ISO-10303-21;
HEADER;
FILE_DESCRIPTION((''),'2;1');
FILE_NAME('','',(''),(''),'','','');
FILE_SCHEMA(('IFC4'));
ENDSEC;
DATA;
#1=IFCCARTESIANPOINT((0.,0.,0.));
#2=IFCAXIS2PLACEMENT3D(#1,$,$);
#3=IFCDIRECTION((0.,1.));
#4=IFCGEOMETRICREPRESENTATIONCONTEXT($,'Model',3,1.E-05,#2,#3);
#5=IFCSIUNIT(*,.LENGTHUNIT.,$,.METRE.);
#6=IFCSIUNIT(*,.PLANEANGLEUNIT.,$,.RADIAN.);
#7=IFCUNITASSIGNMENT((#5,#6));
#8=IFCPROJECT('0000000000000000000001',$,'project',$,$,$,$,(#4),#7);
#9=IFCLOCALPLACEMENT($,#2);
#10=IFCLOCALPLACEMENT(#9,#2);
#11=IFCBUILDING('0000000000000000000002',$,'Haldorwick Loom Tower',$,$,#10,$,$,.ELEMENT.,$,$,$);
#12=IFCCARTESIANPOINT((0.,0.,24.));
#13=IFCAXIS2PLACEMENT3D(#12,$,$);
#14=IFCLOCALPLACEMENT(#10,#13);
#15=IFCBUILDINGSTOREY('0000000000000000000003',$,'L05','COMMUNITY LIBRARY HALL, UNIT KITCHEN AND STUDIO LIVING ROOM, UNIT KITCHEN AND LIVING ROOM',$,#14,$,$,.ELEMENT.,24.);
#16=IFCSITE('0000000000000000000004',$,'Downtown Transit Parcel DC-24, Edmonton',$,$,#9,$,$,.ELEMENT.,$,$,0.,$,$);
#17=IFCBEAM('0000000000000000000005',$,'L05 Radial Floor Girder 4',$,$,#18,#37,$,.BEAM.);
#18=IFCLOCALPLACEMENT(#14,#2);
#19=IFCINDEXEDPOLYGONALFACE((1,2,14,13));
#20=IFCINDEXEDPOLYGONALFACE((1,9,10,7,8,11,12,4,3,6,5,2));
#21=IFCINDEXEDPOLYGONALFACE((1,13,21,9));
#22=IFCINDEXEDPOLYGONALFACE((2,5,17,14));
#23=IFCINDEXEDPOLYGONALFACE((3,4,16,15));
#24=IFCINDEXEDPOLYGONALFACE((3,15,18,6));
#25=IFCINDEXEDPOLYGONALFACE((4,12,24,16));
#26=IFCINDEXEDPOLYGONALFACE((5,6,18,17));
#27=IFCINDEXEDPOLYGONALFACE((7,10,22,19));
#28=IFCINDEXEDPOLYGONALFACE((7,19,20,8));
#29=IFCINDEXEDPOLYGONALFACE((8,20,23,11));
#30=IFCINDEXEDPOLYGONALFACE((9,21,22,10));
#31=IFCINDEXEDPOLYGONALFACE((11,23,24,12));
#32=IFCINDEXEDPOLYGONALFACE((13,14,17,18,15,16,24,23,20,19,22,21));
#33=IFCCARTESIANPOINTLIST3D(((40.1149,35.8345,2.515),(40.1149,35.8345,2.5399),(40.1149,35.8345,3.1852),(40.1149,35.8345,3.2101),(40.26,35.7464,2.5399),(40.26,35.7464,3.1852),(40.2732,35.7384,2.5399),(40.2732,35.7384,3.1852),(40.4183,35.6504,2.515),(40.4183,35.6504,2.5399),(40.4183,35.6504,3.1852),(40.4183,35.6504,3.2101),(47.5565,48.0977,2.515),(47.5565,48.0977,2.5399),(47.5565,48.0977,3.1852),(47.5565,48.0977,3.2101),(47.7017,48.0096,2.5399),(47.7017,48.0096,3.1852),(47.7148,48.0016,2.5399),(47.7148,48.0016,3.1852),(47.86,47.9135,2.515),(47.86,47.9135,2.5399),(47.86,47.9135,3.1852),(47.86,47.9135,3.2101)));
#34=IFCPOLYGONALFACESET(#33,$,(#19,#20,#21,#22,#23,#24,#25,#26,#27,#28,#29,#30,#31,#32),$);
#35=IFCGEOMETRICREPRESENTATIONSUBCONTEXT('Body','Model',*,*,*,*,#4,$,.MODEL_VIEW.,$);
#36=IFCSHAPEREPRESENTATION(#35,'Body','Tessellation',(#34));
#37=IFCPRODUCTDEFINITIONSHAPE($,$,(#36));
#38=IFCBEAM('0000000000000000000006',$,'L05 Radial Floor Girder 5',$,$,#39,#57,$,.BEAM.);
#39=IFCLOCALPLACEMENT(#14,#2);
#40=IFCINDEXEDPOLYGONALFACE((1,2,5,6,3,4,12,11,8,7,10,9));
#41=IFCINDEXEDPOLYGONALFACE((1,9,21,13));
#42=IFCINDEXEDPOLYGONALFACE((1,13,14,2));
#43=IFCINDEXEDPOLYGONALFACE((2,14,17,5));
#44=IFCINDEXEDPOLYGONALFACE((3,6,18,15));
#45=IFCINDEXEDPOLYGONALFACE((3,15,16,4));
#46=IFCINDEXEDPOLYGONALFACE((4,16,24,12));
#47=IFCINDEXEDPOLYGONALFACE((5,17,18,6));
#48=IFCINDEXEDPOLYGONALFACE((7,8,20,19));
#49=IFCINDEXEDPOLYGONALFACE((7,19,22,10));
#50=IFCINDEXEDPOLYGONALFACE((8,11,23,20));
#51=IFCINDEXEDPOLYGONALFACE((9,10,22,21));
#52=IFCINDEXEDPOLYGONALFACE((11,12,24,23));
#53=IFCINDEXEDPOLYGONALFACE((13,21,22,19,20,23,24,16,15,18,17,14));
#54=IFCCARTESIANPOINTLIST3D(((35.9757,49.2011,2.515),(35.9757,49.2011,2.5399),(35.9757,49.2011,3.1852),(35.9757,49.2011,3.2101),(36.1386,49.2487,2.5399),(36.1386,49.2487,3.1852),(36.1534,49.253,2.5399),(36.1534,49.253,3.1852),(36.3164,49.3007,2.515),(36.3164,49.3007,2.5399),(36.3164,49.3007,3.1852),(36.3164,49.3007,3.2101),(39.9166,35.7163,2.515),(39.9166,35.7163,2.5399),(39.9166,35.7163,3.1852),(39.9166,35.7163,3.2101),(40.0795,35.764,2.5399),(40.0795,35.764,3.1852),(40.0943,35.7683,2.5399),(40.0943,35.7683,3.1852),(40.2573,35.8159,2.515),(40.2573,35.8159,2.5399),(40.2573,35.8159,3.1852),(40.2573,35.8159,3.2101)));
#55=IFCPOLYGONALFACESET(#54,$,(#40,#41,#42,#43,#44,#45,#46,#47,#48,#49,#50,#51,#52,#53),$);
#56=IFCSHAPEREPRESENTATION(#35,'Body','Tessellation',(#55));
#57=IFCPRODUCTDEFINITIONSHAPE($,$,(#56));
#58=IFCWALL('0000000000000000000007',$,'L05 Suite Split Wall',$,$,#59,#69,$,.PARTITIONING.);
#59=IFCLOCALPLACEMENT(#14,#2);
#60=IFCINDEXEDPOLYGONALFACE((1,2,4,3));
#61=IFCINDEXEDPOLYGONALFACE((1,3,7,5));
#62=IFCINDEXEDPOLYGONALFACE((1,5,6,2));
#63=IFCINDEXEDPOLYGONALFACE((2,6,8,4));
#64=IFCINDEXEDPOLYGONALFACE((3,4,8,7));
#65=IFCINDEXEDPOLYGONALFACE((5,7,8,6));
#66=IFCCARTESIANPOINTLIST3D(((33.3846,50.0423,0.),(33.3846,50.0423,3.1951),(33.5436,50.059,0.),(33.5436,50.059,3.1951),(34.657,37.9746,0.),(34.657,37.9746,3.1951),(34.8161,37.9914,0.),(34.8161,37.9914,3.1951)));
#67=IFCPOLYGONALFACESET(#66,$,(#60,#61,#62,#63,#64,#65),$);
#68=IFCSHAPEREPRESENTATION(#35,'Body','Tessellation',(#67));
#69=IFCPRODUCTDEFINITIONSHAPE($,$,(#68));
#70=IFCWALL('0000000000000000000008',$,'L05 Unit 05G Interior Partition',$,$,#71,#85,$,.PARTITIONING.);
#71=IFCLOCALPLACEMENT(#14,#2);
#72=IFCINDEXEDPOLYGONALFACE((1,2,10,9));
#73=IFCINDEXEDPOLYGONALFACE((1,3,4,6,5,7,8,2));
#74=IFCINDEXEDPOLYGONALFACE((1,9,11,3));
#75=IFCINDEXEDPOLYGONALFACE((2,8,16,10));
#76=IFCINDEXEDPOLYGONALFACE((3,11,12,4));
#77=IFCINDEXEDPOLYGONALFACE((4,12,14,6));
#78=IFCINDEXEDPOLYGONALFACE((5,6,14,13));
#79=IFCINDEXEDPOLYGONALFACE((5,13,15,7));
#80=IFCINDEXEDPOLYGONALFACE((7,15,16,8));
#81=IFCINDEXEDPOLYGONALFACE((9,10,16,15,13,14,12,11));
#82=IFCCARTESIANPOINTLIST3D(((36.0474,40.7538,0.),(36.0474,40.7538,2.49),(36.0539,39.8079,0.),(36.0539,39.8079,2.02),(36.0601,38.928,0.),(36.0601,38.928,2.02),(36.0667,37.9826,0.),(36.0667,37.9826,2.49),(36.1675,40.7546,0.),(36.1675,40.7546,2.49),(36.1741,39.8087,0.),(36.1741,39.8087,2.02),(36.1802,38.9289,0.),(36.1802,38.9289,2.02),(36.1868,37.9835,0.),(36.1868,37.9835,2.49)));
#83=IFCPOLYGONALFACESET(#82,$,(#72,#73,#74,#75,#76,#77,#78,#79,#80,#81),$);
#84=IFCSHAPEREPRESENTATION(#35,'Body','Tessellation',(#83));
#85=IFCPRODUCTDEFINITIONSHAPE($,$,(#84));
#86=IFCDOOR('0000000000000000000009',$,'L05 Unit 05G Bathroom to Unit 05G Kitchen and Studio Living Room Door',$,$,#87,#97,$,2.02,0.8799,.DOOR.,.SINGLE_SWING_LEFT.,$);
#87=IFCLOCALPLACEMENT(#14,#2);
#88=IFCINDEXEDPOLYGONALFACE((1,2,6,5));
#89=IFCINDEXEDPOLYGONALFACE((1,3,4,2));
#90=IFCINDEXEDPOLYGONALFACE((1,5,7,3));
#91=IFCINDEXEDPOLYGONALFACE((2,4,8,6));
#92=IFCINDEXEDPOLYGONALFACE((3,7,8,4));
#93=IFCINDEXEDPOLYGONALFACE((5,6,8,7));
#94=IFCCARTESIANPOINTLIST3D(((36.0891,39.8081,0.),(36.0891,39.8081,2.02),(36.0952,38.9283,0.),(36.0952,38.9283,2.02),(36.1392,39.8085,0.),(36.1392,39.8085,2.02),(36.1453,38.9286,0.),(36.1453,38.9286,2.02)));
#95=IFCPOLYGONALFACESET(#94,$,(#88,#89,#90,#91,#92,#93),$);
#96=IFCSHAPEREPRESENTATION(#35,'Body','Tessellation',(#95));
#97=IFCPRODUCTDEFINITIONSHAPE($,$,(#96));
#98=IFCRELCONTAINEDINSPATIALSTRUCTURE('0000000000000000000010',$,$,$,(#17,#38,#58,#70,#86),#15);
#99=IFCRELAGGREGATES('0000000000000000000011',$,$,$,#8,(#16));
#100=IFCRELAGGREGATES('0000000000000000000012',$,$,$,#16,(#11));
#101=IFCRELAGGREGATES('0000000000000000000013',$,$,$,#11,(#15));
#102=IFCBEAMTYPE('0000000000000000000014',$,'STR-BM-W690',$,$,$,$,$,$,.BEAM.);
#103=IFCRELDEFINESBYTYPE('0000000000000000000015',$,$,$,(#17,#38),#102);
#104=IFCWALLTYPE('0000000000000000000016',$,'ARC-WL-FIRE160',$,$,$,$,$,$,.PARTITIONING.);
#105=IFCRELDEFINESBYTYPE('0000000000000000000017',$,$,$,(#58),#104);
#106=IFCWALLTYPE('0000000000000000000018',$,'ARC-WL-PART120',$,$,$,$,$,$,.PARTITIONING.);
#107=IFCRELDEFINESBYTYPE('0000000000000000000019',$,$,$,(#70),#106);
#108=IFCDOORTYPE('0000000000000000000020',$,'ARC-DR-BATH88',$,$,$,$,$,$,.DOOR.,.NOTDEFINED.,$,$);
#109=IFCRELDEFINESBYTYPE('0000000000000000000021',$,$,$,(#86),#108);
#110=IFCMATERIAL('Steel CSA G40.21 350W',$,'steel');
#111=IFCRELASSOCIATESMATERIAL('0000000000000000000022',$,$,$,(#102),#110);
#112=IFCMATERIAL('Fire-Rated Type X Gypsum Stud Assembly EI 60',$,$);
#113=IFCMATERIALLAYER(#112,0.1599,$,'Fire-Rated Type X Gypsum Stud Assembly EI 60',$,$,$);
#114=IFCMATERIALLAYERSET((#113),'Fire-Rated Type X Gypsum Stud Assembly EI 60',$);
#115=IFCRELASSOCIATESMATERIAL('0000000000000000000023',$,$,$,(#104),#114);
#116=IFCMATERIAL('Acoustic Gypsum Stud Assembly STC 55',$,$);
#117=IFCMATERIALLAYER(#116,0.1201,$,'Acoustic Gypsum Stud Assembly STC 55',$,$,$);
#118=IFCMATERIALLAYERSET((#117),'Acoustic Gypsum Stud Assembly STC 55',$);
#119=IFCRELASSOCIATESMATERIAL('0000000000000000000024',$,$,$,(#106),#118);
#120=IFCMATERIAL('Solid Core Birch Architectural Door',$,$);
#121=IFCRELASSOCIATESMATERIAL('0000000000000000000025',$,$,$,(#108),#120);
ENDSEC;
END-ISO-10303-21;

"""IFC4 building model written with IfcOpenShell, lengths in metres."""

from ifc_helpers import new_model, si_unit, direction, frame, frame_2d, origin, origin_2d, place, context, subcontext, project, spatial, rectangle, i_section, extrude, material, layer, layer_set, material_profile, profile_set, type_object, element, fill, save


model = new_model("IFC4")

# Units and contexts
model_context = context("Model", 3, precision=1e-05, world=origin(), true_north=direction((0.0, 1.0)))
body_context = subcontext(model_context, "Body", "Model", "MODEL_VIEW")
ifc_project = project(units=[si_unit("LENGTHUNIT", "METRE"), si_unit("PLANEANGLEUNIT", "RADIAN")], contexts=[model_context])

# Site, building, storey
site_placement = place(None, origin())
site = spatial("IfcSite", under=ifc_project, at=site_placement, Name="Downtown Transit Parcel DC-24, Edmonton", CompositionType="ELEMENT", RefElevation=0.0)
building_placement = place(site_placement, origin())
building = spatial("IfcBuilding", under=site, at=building_placement, Name="Haldorwick Loom Tower", CompositionType="ELEMENT")
storey_placement = place(building_placement, frame((0.0, 0.0, 24.0)))
storey = spatial("IfcBuildingStorey", under=building, at=storey_placement, Name="L05", Description="COMMUNITY LIBRARY HALL, UNIT KITCHEN AND STUDIO LIVING ROOM, UNIT KITCHEN AND LIVING ROOM", CompositionType="ELEMENT", Elevation=24.0)

# Beams
ifc_material_1 = material(Name="Steel CSA G40.21 350W", Category="steel")
ifc_material_profile_1 = material_profile(ifc_material_1, i_section(OverallWidth=0.355, OverallDepth=0.6951, WebThickness=0.0154, FlangeThickness=0.0249, at=origin_2d()), Name="W690X217", Category="steel")
ifc_profile_set_1 = profile_set([ifc_material_profile_1], Name="Steel CSA G40.21 350W")
beam_type_1 = type_object("IfcBeamType", Name="STR-BM-W690", PredefinedType="BEAM", material=ifc_profile_set_1)
beam_1_placement = place(storey_placement, frame((40.2666, 35.7424, 2.8625), z_axis=(0.518782, 0.854907, 0.0), x_axis=(-0.854907, 0.518782, 0.0)))
element("IfcBeam", 1, at=beam_1_placement, inside=storey, type_object=beam_type_1, Name="L05 Radial Floor Girder 4", PredefinedType="BEAM", context=body_context, shape_type="SweptSolid", body=[
    extrude(i_section(OverallWidth=0.355, OverallDepth=0.6951, WebThickness=0.0154, FlangeThickness=0.0249, at=origin_2d()), origin(), (0.0, 0.0, 1.0), 14.3445),
])
beam_2_placement = place(storey_placement, frame((40.0869, 35.7661, 2.8625), z_axis=(-0.280514, 0.95985, 0.0), x_axis=(-0.95985, -0.280514, 0.0)))
element("IfcBeam", 2, at=beam_2_placement, inside=storey, type_object=beam_type_1, Name="L05 Radial Floor Girder 5", PredefinedType="BEAM", context=body_context, shape_type="SweptSolid", body=[
    extrude(i_section(OverallWidth=0.355, OverallDepth=0.6951, WebThickness=0.0154, FlangeThickness=0.0249, at=origin_2d()), origin(), (0.0, 0.0, 1.0), 14.0488),
])

# Wall
ifc_material_2 = material(Name="Fire-Rated Type X Gypsum Stud Assembly EI 60")
ifc_layer_1 = layer(ifc_material_2, 0.1599, Name="Fire-Rated Type X Gypsum Stud Assembly EI 60")
ifc_layer_set_1 = layer_set([ifc_layer_1], Name="Fire-Rated Type X Gypsum Stud Assembly EI 60")
wall_type_1 = type_object("IfcWallType", Name="ARC-WL-FIRE160", PredefinedType="PARTITIONING", material=ifc_layer_set_1)
wall_1_placement = place(storey_placement, frame((34.7366, 37.9829, 0.0), z_axis=(0.0, 0.0, 1.0), x_axis=(-0.104863, 0.994487, 0.0)))
element("IfcWall", 3, at=wall_1_placement, inside=storey, type_object=wall_type_1, Name="L05 Suite Split Wall", PredefinedType="PARTITIONING", context=body_context, shape_type="SweptSolid", body=[
    extrude(rectangle(XDim=12.1345, YDim=0.1599, at=frame_2d((6.0674, 0.0))), origin(), (0.0, 0.0, 1.0), 3.1951),
])

# Wall, opening, door
ifc_material_3 = material(Name="Acoustic Gypsum Stud Assembly STC 55")
ifc_layer_2 = layer(ifc_material_3, 0.1201, Name="Acoustic Gypsum Stud Assembly STC 55")
ifc_layer_set_2 = layer_set([ifc_layer_2], Name="Acoustic Gypsum Stud Assembly STC 55")
wall_type_2 = type_object("IfcWallType", Name="ARC-WL-PART120", PredefinedType="PARTITIONING", material=ifc_layer_set_2)
wall_2_placement = place(storey_placement, frame((36.1267, 37.9829, 0.0), z_axis=(0.0, 0.0, 1.0), x_axis=(-0.00696, 0.999976, 0.0)))
wall_2 = element("IfcWall", 4, at=wall_2_placement, inside=storey, type_object=wall_type_2, Name="L05 Unit 05G Interior Partition", PredefinedType="PARTITIONING", context=body_context, shape_type="SweptSolid", body=[
    extrude(rectangle(XDim=2.7712, YDim=0.1201, at=frame_2d((1.3857, 0.0))), origin(), (0.0, 0.0, 1.0), 2.49),
])
opening_placement = place(wall_2_placement, frame((0.9456, 0.0, 0.0)))
opening = element("IfcOpeningElement", 5, at=opening_placement, cuts=wall_2, PredefinedType="OPENING", context=body_context, shape_type="SweptSolid", body=[
    extrude(rectangle(XDim=0.8799, YDim=2.02, at=frame_2d((0.4399, 1.01))), frame((0.0, 0.0701, 0.0), z_axis=(0.0, -1.0, 0.0), x_axis=(1.0, 0.0, 0.0)), (0.0, 0.0, 1.0), 0.1401),
])
ifc_material_4 = material(Name="Solid Core Birch Architectural Door")
door_type = type_object("IfcDoorType", Name="ARC-DR-BATH88", OperationType="NOTDEFINED", PredefinedType="DOOR", material=ifc_material_4)
door_placement = place(opening_placement, origin())
door = element("IfcDoor", 6, at=door_placement, inside=storey, type_object=door_type, Name="L05 Unit 05G Bathroom to Unit 05G Kitchen and Studio Living Room Door", OperationType="SINGLE_SWING_LEFT", OverallHeight=2.02, OverallWidth=0.8799, PredefinedType="DOOR", context=body_context, shape_type="SweptSolid", body=[
    extrude(rectangle(XDim=0.8799, YDim=2.02, at=frame_2d((0.4399, 1.01))), frame((0.0, 0.0249, 0.0), z_axis=(0.0, -1.0, 0.0), x_axis=(1.0, 0.0, 0.0)), (0.0, 0.0, 1.0), 0.05),
])
fill(opening, door)

save(model, "model.ifc")
